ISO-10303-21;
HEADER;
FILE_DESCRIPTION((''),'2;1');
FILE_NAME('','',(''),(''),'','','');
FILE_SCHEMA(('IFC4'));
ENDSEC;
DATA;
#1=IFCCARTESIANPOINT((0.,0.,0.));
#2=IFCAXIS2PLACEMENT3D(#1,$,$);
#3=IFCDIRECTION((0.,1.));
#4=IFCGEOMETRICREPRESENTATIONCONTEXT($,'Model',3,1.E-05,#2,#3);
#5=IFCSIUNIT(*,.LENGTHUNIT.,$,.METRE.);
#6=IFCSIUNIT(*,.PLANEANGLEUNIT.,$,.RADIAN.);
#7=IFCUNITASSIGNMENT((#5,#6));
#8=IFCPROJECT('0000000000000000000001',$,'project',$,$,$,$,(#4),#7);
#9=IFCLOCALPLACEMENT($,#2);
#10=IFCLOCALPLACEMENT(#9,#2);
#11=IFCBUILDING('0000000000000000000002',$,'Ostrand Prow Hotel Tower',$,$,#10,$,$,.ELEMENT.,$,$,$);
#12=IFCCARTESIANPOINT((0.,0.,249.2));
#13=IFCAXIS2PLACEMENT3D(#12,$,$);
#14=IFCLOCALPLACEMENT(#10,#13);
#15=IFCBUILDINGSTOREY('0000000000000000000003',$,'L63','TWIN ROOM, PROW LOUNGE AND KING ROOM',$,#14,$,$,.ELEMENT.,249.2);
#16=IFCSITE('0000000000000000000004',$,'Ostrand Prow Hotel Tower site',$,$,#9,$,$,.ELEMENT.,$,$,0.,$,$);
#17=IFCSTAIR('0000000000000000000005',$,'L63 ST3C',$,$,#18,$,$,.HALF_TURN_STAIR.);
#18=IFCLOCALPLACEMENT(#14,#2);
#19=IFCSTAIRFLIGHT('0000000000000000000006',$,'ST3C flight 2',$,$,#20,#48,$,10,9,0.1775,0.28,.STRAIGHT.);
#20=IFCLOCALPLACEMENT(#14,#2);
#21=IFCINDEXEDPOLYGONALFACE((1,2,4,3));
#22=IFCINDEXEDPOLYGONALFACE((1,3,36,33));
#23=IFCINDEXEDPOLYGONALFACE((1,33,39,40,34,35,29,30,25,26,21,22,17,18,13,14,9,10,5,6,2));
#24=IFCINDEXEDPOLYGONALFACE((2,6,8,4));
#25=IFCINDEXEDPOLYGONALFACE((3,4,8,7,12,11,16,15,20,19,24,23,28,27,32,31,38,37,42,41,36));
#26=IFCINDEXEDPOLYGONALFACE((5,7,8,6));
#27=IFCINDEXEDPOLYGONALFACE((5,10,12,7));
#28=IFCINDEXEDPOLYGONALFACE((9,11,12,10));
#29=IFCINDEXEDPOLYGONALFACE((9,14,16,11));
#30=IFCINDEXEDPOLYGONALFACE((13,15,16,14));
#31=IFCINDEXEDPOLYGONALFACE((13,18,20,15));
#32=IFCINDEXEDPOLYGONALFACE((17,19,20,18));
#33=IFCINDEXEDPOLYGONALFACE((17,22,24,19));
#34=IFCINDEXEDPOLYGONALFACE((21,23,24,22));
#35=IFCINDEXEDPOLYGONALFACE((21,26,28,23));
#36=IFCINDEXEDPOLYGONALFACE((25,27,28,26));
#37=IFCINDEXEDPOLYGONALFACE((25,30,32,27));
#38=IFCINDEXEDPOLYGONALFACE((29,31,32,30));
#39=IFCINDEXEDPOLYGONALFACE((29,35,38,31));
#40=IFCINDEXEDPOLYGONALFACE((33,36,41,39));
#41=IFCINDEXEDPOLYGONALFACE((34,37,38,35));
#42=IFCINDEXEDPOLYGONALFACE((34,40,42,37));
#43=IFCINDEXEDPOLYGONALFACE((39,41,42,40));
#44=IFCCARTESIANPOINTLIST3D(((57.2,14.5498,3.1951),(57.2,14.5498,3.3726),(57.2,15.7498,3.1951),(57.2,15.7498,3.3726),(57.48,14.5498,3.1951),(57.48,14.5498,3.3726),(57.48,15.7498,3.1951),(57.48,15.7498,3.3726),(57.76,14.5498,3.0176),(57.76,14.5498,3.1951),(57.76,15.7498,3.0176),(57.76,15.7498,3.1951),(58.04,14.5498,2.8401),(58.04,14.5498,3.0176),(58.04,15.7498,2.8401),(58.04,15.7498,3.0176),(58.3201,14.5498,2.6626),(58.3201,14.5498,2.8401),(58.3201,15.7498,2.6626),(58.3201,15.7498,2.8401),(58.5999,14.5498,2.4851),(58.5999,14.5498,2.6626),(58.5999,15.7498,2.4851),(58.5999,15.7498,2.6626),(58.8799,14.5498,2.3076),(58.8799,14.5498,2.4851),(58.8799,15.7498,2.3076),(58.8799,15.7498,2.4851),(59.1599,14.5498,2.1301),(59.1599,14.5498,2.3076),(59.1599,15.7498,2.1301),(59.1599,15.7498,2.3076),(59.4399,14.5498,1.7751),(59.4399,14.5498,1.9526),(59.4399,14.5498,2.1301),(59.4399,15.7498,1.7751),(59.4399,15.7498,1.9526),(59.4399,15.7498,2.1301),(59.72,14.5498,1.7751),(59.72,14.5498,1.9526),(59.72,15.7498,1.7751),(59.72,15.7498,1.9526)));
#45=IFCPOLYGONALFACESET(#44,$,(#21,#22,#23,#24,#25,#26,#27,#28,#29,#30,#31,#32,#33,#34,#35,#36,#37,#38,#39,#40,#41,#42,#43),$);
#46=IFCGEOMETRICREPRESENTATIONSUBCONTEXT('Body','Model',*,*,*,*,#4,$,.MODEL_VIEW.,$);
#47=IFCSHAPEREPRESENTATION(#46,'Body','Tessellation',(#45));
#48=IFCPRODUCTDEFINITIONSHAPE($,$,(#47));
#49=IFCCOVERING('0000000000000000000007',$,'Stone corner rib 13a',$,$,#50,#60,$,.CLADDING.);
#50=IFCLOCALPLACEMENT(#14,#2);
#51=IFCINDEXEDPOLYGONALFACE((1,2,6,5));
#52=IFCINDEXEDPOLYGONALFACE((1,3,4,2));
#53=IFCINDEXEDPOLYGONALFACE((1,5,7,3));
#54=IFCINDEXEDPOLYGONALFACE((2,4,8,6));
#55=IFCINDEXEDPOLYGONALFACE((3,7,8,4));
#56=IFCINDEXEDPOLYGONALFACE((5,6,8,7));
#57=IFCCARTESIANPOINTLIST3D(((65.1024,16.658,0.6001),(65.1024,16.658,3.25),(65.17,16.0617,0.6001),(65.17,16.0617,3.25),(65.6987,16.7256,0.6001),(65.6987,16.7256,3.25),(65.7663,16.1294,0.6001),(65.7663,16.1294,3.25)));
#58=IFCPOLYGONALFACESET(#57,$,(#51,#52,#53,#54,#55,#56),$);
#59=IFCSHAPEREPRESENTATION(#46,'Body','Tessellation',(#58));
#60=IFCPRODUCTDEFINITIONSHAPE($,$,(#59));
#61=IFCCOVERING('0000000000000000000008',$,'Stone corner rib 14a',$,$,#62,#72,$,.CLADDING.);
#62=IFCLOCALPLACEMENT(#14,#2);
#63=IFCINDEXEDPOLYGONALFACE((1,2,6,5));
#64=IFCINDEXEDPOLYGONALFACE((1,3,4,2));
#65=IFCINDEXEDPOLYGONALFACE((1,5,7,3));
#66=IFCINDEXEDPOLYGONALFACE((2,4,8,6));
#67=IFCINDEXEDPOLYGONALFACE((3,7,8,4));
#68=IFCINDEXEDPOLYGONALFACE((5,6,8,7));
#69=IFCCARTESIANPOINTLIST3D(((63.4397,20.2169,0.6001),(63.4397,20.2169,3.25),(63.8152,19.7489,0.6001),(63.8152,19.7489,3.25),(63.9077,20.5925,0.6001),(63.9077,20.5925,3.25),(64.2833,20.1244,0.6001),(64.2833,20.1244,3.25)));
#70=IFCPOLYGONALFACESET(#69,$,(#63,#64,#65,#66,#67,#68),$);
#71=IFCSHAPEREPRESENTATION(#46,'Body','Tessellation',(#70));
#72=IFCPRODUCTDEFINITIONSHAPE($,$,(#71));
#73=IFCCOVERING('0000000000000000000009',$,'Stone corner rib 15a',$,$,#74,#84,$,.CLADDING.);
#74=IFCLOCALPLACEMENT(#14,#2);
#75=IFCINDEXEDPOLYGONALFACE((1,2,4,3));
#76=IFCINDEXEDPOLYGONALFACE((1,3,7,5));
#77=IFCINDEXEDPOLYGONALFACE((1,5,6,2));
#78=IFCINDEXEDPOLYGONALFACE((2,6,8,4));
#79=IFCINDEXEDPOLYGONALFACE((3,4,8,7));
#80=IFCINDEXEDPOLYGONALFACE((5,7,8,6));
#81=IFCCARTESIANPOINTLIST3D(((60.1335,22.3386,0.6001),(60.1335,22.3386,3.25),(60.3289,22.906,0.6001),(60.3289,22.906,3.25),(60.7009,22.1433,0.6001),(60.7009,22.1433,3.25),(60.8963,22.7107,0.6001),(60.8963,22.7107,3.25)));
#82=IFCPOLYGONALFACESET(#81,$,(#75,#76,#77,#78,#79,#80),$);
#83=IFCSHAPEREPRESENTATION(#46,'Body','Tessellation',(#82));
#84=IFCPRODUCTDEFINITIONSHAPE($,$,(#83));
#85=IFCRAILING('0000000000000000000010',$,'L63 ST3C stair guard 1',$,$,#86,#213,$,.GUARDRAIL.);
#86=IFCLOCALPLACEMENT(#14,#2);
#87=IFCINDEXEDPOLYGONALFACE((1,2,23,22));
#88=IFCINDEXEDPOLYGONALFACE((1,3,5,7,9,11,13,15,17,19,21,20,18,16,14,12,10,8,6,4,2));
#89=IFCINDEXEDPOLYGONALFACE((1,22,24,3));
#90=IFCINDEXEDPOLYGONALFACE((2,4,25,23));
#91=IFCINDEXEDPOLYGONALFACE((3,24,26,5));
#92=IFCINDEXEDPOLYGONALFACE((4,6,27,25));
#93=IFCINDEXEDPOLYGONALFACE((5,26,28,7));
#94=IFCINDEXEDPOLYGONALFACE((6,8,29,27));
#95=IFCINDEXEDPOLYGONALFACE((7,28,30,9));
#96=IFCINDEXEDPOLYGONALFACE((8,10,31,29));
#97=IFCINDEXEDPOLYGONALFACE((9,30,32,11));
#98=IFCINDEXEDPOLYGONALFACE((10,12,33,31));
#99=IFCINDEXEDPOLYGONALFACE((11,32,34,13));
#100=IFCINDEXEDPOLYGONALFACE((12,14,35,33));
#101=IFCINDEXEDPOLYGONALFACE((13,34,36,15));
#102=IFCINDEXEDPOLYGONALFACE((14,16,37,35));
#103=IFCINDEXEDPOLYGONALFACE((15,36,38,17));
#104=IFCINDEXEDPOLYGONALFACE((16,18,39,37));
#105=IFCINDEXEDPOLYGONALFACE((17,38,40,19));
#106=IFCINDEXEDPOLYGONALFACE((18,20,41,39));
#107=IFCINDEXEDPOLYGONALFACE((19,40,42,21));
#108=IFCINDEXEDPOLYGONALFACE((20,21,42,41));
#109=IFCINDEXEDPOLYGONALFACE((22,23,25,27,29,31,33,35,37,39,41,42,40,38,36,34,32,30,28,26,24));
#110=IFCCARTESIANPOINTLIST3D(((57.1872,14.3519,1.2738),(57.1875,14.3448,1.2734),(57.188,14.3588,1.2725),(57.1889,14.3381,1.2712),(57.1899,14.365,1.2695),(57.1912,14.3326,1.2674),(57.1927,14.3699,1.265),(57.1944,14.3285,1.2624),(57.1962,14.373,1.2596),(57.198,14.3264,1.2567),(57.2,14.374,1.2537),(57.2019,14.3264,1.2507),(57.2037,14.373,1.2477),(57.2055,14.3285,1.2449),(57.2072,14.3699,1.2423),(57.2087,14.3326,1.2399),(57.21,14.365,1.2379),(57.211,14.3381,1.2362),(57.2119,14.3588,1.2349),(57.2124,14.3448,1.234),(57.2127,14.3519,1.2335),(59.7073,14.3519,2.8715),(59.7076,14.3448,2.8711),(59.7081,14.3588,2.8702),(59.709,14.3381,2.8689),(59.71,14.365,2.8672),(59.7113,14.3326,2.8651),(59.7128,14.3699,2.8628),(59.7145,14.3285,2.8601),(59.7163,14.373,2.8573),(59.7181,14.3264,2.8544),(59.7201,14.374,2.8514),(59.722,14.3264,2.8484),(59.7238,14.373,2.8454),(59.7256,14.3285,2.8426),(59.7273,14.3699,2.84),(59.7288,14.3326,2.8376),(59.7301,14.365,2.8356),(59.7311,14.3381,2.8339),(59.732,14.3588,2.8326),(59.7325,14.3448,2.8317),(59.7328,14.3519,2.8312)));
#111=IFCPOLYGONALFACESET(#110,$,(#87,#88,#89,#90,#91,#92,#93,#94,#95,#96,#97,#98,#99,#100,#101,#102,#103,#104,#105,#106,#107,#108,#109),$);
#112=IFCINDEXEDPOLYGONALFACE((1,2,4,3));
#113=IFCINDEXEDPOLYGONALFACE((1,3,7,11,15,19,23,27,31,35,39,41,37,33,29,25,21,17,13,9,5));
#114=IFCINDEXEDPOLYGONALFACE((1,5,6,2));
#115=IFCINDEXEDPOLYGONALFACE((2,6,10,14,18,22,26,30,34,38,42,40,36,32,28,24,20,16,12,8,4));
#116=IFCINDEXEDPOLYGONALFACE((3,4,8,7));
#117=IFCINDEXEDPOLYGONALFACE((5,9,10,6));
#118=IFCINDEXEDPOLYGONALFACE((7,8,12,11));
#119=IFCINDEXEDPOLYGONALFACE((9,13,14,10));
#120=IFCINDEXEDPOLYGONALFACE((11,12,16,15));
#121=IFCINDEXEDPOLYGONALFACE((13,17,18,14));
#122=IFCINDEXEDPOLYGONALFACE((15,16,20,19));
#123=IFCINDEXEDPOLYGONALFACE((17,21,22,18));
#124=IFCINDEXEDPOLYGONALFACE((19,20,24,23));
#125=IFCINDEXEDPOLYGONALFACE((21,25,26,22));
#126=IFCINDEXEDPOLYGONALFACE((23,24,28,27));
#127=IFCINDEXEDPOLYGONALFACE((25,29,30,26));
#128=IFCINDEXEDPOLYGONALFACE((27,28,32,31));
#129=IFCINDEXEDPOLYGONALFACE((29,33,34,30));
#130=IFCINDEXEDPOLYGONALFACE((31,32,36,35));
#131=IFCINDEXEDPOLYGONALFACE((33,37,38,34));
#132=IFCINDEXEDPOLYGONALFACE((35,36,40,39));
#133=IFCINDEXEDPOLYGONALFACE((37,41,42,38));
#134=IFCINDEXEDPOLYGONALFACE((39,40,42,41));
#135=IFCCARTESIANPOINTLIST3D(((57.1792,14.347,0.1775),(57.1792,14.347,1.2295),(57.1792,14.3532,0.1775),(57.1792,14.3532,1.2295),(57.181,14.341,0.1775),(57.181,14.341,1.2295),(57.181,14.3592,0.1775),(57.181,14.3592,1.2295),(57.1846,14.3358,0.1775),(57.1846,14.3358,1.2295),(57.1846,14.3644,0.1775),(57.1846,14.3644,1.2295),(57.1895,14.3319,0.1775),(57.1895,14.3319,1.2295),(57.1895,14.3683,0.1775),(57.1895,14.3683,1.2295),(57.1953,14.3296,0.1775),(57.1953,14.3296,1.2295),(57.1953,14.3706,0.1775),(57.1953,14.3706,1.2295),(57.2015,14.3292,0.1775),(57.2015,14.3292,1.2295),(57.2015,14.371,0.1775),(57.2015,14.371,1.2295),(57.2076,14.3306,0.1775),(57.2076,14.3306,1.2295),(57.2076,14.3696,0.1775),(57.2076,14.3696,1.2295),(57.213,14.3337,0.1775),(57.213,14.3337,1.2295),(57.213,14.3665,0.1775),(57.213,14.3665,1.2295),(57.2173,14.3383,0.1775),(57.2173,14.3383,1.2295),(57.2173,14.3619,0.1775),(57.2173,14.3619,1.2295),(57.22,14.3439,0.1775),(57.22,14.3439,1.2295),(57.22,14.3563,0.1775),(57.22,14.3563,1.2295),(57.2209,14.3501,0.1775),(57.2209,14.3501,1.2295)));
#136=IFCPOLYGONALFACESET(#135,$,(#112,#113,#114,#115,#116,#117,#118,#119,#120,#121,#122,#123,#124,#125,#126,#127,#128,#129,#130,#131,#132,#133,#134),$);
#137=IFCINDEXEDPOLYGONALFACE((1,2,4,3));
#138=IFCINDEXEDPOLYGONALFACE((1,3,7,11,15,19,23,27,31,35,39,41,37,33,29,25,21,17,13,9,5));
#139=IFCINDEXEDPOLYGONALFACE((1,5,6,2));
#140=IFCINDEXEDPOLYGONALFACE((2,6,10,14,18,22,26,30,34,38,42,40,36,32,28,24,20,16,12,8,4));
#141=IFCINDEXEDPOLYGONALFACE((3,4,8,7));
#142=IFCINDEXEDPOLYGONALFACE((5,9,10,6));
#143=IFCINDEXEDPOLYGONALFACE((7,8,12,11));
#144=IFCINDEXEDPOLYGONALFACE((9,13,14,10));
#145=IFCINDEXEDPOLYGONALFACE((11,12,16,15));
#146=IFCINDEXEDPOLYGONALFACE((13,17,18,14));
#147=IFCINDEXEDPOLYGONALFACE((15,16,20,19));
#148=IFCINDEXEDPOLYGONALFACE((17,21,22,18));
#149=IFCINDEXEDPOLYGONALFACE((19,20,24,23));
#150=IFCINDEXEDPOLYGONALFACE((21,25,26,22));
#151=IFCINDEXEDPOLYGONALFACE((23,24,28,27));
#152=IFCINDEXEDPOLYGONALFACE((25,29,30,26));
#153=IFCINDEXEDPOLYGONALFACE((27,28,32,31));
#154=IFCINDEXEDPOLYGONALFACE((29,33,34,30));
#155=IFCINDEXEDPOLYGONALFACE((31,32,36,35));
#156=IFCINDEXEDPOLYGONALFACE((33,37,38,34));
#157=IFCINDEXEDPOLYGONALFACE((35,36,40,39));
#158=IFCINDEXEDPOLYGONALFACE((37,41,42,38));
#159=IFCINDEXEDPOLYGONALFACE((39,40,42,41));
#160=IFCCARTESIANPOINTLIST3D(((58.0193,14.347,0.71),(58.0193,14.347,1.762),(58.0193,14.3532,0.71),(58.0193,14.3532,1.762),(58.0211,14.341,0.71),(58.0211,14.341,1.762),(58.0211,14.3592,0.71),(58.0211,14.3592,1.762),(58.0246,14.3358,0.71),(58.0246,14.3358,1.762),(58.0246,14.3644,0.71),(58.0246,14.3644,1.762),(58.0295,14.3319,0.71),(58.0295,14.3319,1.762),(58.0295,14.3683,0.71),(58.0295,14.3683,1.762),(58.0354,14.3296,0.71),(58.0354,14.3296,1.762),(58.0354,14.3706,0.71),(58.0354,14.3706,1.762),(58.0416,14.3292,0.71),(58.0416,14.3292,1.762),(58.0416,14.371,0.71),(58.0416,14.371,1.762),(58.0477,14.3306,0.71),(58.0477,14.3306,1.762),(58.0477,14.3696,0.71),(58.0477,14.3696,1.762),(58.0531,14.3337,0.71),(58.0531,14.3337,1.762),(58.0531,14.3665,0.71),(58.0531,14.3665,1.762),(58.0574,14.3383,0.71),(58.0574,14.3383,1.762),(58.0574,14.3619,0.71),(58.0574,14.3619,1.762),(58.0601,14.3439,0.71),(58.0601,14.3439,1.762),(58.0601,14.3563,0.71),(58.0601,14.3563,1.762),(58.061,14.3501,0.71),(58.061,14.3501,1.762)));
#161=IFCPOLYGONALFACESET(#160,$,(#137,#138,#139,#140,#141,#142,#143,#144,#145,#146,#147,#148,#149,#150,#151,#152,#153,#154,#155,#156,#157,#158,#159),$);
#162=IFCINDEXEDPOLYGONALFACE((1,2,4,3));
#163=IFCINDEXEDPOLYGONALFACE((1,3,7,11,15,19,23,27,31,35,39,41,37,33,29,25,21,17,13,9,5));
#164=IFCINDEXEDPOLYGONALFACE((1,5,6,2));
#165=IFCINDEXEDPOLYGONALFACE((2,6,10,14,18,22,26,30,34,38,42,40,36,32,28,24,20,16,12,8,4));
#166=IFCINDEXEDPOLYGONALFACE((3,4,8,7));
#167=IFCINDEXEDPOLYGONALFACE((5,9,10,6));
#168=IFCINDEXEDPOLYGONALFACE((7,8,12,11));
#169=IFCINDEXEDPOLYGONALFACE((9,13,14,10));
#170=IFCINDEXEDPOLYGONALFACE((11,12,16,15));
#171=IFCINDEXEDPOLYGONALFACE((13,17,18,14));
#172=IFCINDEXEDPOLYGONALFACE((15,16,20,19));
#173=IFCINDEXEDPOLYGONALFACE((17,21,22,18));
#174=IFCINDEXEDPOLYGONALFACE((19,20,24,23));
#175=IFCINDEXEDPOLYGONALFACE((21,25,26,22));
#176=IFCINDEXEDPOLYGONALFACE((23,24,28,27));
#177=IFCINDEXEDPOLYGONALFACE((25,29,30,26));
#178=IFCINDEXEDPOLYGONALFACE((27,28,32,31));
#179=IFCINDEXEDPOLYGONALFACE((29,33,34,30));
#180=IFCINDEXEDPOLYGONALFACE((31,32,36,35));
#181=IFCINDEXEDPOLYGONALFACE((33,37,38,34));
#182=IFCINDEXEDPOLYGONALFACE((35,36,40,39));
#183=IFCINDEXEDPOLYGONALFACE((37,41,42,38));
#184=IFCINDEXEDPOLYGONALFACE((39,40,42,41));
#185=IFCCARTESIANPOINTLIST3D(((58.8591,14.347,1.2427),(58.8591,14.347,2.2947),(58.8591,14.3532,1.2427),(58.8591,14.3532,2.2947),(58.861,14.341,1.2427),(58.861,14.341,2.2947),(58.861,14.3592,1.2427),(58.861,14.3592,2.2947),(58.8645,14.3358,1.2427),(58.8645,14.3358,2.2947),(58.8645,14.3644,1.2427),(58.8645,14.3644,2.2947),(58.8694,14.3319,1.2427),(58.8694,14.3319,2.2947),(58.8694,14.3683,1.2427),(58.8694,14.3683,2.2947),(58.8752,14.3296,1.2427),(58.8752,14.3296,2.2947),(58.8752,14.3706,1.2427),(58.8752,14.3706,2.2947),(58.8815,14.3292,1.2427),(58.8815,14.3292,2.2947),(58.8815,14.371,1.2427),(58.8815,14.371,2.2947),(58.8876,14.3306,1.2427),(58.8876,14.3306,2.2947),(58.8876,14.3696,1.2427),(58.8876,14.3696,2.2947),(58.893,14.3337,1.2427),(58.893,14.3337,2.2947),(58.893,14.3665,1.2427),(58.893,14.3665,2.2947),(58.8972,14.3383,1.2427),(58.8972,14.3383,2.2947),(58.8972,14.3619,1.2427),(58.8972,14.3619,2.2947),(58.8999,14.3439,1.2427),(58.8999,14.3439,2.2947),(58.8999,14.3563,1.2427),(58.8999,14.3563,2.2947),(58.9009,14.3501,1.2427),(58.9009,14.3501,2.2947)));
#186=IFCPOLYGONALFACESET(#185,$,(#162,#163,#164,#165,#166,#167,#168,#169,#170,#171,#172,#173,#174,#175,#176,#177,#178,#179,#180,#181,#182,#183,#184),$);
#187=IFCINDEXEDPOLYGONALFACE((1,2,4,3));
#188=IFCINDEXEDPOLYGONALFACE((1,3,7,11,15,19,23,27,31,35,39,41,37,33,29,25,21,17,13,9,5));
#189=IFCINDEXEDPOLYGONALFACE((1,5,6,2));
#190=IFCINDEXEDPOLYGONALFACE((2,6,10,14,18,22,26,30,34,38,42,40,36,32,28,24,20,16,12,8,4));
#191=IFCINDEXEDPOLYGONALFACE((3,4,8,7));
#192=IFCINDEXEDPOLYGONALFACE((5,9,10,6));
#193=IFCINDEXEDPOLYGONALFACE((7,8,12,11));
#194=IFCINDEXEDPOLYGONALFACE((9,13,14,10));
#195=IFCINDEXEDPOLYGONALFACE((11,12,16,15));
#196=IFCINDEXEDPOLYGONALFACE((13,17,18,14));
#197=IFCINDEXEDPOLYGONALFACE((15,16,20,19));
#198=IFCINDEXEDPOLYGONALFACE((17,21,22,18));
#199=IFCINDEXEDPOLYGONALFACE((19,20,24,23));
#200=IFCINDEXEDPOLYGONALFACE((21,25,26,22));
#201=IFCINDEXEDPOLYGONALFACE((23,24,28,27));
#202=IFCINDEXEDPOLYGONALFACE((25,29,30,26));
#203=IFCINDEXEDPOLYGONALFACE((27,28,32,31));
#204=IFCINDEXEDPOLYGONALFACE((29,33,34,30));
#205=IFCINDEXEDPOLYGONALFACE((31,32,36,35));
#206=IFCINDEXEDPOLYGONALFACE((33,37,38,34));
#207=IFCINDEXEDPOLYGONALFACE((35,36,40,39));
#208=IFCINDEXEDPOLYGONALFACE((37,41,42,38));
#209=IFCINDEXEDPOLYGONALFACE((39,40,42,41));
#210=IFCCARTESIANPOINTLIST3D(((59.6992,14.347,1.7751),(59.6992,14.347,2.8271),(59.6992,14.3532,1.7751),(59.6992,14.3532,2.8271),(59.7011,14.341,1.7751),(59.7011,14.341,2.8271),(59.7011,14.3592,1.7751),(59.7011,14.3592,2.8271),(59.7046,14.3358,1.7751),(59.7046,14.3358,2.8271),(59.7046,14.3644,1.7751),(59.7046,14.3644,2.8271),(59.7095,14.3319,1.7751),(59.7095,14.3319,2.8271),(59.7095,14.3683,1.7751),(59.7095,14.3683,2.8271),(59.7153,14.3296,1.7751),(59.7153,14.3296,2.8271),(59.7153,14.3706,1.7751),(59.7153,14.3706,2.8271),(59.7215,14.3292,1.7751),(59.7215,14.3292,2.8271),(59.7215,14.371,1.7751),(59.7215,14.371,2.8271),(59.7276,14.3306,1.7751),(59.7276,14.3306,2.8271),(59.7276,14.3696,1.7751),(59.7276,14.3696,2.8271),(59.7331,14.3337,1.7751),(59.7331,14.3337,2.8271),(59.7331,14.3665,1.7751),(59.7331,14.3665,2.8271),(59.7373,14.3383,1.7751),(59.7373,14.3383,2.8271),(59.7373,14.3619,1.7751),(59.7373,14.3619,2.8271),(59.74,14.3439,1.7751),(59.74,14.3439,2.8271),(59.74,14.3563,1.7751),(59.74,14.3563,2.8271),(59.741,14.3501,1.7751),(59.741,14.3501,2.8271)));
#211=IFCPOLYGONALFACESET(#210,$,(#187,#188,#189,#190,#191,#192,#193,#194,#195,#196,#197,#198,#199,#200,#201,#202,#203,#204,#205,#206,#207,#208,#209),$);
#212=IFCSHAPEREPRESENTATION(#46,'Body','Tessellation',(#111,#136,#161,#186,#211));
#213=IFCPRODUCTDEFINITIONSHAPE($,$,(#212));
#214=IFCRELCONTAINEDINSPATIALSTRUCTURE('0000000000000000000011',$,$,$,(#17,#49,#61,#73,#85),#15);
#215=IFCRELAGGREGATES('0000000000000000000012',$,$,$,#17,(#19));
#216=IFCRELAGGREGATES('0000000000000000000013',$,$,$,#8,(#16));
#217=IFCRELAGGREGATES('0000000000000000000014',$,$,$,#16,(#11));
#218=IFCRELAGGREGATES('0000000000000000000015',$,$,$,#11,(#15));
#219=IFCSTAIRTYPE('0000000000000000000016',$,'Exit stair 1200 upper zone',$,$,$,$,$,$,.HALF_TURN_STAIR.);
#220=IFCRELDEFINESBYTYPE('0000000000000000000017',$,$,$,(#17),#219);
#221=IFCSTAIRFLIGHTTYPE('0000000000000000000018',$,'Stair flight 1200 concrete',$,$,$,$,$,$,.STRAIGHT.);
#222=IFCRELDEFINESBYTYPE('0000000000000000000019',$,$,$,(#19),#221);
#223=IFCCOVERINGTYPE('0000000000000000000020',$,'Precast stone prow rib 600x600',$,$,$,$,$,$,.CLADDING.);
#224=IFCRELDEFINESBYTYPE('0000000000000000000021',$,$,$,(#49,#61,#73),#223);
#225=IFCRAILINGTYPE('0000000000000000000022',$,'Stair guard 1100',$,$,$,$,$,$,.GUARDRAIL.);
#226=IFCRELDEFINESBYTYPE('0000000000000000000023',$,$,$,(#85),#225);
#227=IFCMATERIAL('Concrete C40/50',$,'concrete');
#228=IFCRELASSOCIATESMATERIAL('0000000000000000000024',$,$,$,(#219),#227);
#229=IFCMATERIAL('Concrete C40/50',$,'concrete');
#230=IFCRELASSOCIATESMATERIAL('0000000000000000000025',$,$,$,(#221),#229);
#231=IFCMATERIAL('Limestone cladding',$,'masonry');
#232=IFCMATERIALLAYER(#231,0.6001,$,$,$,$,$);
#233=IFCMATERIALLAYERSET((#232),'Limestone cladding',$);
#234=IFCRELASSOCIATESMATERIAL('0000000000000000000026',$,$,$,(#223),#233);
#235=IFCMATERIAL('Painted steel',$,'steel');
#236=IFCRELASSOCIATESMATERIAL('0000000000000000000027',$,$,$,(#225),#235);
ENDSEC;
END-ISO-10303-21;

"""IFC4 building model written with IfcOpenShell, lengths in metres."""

from ifc_helpers import new_model, si_unit, direction, frame, frame_2d, origin, origin_2d, place, context, subcontext, project, spatial, polyline, rectangle, circle, outline, extrude, material, layer, layer_set, type_object, element, aggregate, save


model = new_model("IFC4")

# Units and contexts
model_context = context("Model", 3, precision=1e-05, world=origin(), true_north=direction((0.0, 1.0)))
body_context = subcontext(model_context, "Body", "Model", "MODEL_VIEW")
ifc_project = project(units=[si_unit("LENGTHUNIT", "METRE"), si_unit("PLANEANGLEUNIT", "RADIAN")], contexts=[model_context])

# Site, building, storey
site_placement = place(None, origin())
site = spatial("IfcSite", under=ifc_project, at=site_placement, Name="Ostrand Prow Hotel Tower site", CompositionType="ELEMENT", RefElevation=0.0)
building_placement = place(site_placement, origin())
building = spatial("IfcBuilding", under=site, at=building_placement, Name="Ostrand Prow Hotel Tower", CompositionType="ELEMENT")
storey_placement = place(building_placement, frame((0.0, 0.0, 249.2)))
storey = spatial("IfcBuildingStorey", under=building, at=storey_placement, Name="L63", Description="TWIN ROOM, PROW LOUNGE AND KING ROOM", CompositionType="ELEMENT", Elevation=249.2)

# Shared definitions
ifc_material_1 = material(Name="Concrete C40/50", Category="concrete")
stair_type = type_object("IfcStairType", Name="Exit stair 1200 upper zone", PredefinedType="HALF_TURN_STAIR", material=ifc_material_1)
ifc_material_2 = material(Name="Concrete C40/50", Category="concrete")
stair_flight_type = type_object("IfcStairFlightType", Name="Stair flight 1200 concrete", PredefinedType="STRAIGHT", material=ifc_material_2)

# Stair, stair flight
stair_1_placement = place(storey_placement, origin())
stair_1 = element("IfcStair", 1, at=stair_1_placement, inside=storey, type_object=stair_type, Name="L63 ST3C", PredefinedType="HALF_TURN_STAIR")
stair_flight_1_placement = place(storey_placement, frame((59.72, 15.1499, 1.7751), z_axis=(0.0, 0.0, 1.0), x_axis=(-1.0, 0.0, 0.0)))
stair_flight_1 = element("IfcStairFlight", 2, at=stair_flight_1_placement, type_object=stair_flight_type, Name="ST3C flight 2", NumberOfRisers=10, NumberOfTreads=9, PredefinedType="STRAIGHT", RiserHeight=0.1775, TreadLength=0.28, context=body_context, shape_type="SweptSolid", body=[
    extrude(outline(polyline([(0.0, 0.0), (0.0, 0.1775), (0.28, 0.1775), (0.28, 0.355), (0.5601, 0.355), (0.5601, 0.5325), (0.8401, 0.5325), (0.8401, 0.71), (1.1201, 0.71), (1.1201, 0.8875), (1.3999, 0.8875), (1.3999, 1.0649), (1.6799, 1.0649), (1.6799, 1.2424), (1.96, 1.2424), (1.96, 1.4199), (2.24, 1.4199), (2.24, 1.5974), (2.52, 1.5974), (2.52, 1.7749), (2.52, 1.4199), (0.28, 0.0), (0.0, 0.0)])), frame((0.0, 0.6001, 0.0), z_axis=(0.0, -1.0, 0.0), x_axis=(1.0, 0.0, 0.0)), (0.0, 0.0, 1.0), 1.2),
])
aggregate(stair_1, [stair_flight_1])

# Coverings
ifc_material_3 = material(Name="Limestone cladding", Category="masonry")
ifc_layer_1 = layer(ifc_material_3, 0.6001)
ifc_layer_set_1 = layer_set([ifc_layer_1], Name="Limestone cladding")
covering_type = type_object("IfcCoveringType", Name="Precast stone prow rib 600x600", PredefinedType="CLADDING", material=ifc_layer_set_1)
for number, where, z_axis, x_axis, name in (
    (3, (65.1362, 16.3599, 0.6001), (0.0, 0.0, 1.0), (0.993628, 0.112709, 0.0), "Stone corner rib 13a"),
    (4, (63.6274, 19.9829, 0.6001), (0.0, 0.0, 1.0), (0.779995, 0.625786, 0.0), "Stone corner rib 14a"),
    (5, (60.4172, 22.241, 0.6001), (0.0, 0.0, 1.0), (0.325489, 0.945546, 0.0), "Stone corner rib 15a"),
):
    element("IfcCovering", number, at=place(storey_placement, frame(where, z_axis=z_axis, x_axis=x_axis)), inside=storey, type_object=covering_type, Name=name, PredefinedType="CLADDING", context=body_context, shape_type="SweptSolid", body=[
        extrude(rectangle(XDim=0.6001, YDim=0.6001, at=frame_2d((0.3, 0.0))), origin(), (0.0, 0.0, 1.0), 2.6499),
    ])

# Railing
ifc_material_4 = material(Name="Painted steel", Category="steel")
railing_type_1 = type_object("IfcRailingType", Name="Stair guard 1100", PredefinedType="GUARDRAIL", material=ifc_material_4)
railing_1_placement = place(storey_placement, frame((57.2, 14.3501, 0.1775)))
element("IfcRailing", 6, at=railing_1_placement, inside=storey, type_object=railing_type_1, Name="L63 ST3C stair guard 1", PredefinedType="GUARDRAIL", context=body_context, shape_type="SweptSolid", body=[
    extrude(circle(Radius=0.0239, at=origin_2d()), frame((0.0, 0.0, 1.0762), z_axis=(0.84457, 0.0, 0.535445), x_axis=(0.0, 1.0, 0.0)), (0.0, 0.0, 1.0), 2.9839),
    extrude(circle(Radius=0.021, at=origin_2d()), origin(), (0.0, 0.0, 1.0), 1.052),
    extrude(circle(Radius=0.021, at=origin_2d()), frame((0.8401, 0.0, 0.5325)), (0.0, 0.0, 1.0), 1.052),
    extrude(circle(Radius=0.021, at=origin_2d()), frame((1.6799, 0.0, 1.0652)), (0.0, 0.0, 1.0), 1.052),
    extrude(circle(Radius=0.021, at=origin_2d()), frame((2.52, 0.0, 1.5977)), (0.0, 0.0, 1.0), 1.052),
])

save(model, "model.ifc")
